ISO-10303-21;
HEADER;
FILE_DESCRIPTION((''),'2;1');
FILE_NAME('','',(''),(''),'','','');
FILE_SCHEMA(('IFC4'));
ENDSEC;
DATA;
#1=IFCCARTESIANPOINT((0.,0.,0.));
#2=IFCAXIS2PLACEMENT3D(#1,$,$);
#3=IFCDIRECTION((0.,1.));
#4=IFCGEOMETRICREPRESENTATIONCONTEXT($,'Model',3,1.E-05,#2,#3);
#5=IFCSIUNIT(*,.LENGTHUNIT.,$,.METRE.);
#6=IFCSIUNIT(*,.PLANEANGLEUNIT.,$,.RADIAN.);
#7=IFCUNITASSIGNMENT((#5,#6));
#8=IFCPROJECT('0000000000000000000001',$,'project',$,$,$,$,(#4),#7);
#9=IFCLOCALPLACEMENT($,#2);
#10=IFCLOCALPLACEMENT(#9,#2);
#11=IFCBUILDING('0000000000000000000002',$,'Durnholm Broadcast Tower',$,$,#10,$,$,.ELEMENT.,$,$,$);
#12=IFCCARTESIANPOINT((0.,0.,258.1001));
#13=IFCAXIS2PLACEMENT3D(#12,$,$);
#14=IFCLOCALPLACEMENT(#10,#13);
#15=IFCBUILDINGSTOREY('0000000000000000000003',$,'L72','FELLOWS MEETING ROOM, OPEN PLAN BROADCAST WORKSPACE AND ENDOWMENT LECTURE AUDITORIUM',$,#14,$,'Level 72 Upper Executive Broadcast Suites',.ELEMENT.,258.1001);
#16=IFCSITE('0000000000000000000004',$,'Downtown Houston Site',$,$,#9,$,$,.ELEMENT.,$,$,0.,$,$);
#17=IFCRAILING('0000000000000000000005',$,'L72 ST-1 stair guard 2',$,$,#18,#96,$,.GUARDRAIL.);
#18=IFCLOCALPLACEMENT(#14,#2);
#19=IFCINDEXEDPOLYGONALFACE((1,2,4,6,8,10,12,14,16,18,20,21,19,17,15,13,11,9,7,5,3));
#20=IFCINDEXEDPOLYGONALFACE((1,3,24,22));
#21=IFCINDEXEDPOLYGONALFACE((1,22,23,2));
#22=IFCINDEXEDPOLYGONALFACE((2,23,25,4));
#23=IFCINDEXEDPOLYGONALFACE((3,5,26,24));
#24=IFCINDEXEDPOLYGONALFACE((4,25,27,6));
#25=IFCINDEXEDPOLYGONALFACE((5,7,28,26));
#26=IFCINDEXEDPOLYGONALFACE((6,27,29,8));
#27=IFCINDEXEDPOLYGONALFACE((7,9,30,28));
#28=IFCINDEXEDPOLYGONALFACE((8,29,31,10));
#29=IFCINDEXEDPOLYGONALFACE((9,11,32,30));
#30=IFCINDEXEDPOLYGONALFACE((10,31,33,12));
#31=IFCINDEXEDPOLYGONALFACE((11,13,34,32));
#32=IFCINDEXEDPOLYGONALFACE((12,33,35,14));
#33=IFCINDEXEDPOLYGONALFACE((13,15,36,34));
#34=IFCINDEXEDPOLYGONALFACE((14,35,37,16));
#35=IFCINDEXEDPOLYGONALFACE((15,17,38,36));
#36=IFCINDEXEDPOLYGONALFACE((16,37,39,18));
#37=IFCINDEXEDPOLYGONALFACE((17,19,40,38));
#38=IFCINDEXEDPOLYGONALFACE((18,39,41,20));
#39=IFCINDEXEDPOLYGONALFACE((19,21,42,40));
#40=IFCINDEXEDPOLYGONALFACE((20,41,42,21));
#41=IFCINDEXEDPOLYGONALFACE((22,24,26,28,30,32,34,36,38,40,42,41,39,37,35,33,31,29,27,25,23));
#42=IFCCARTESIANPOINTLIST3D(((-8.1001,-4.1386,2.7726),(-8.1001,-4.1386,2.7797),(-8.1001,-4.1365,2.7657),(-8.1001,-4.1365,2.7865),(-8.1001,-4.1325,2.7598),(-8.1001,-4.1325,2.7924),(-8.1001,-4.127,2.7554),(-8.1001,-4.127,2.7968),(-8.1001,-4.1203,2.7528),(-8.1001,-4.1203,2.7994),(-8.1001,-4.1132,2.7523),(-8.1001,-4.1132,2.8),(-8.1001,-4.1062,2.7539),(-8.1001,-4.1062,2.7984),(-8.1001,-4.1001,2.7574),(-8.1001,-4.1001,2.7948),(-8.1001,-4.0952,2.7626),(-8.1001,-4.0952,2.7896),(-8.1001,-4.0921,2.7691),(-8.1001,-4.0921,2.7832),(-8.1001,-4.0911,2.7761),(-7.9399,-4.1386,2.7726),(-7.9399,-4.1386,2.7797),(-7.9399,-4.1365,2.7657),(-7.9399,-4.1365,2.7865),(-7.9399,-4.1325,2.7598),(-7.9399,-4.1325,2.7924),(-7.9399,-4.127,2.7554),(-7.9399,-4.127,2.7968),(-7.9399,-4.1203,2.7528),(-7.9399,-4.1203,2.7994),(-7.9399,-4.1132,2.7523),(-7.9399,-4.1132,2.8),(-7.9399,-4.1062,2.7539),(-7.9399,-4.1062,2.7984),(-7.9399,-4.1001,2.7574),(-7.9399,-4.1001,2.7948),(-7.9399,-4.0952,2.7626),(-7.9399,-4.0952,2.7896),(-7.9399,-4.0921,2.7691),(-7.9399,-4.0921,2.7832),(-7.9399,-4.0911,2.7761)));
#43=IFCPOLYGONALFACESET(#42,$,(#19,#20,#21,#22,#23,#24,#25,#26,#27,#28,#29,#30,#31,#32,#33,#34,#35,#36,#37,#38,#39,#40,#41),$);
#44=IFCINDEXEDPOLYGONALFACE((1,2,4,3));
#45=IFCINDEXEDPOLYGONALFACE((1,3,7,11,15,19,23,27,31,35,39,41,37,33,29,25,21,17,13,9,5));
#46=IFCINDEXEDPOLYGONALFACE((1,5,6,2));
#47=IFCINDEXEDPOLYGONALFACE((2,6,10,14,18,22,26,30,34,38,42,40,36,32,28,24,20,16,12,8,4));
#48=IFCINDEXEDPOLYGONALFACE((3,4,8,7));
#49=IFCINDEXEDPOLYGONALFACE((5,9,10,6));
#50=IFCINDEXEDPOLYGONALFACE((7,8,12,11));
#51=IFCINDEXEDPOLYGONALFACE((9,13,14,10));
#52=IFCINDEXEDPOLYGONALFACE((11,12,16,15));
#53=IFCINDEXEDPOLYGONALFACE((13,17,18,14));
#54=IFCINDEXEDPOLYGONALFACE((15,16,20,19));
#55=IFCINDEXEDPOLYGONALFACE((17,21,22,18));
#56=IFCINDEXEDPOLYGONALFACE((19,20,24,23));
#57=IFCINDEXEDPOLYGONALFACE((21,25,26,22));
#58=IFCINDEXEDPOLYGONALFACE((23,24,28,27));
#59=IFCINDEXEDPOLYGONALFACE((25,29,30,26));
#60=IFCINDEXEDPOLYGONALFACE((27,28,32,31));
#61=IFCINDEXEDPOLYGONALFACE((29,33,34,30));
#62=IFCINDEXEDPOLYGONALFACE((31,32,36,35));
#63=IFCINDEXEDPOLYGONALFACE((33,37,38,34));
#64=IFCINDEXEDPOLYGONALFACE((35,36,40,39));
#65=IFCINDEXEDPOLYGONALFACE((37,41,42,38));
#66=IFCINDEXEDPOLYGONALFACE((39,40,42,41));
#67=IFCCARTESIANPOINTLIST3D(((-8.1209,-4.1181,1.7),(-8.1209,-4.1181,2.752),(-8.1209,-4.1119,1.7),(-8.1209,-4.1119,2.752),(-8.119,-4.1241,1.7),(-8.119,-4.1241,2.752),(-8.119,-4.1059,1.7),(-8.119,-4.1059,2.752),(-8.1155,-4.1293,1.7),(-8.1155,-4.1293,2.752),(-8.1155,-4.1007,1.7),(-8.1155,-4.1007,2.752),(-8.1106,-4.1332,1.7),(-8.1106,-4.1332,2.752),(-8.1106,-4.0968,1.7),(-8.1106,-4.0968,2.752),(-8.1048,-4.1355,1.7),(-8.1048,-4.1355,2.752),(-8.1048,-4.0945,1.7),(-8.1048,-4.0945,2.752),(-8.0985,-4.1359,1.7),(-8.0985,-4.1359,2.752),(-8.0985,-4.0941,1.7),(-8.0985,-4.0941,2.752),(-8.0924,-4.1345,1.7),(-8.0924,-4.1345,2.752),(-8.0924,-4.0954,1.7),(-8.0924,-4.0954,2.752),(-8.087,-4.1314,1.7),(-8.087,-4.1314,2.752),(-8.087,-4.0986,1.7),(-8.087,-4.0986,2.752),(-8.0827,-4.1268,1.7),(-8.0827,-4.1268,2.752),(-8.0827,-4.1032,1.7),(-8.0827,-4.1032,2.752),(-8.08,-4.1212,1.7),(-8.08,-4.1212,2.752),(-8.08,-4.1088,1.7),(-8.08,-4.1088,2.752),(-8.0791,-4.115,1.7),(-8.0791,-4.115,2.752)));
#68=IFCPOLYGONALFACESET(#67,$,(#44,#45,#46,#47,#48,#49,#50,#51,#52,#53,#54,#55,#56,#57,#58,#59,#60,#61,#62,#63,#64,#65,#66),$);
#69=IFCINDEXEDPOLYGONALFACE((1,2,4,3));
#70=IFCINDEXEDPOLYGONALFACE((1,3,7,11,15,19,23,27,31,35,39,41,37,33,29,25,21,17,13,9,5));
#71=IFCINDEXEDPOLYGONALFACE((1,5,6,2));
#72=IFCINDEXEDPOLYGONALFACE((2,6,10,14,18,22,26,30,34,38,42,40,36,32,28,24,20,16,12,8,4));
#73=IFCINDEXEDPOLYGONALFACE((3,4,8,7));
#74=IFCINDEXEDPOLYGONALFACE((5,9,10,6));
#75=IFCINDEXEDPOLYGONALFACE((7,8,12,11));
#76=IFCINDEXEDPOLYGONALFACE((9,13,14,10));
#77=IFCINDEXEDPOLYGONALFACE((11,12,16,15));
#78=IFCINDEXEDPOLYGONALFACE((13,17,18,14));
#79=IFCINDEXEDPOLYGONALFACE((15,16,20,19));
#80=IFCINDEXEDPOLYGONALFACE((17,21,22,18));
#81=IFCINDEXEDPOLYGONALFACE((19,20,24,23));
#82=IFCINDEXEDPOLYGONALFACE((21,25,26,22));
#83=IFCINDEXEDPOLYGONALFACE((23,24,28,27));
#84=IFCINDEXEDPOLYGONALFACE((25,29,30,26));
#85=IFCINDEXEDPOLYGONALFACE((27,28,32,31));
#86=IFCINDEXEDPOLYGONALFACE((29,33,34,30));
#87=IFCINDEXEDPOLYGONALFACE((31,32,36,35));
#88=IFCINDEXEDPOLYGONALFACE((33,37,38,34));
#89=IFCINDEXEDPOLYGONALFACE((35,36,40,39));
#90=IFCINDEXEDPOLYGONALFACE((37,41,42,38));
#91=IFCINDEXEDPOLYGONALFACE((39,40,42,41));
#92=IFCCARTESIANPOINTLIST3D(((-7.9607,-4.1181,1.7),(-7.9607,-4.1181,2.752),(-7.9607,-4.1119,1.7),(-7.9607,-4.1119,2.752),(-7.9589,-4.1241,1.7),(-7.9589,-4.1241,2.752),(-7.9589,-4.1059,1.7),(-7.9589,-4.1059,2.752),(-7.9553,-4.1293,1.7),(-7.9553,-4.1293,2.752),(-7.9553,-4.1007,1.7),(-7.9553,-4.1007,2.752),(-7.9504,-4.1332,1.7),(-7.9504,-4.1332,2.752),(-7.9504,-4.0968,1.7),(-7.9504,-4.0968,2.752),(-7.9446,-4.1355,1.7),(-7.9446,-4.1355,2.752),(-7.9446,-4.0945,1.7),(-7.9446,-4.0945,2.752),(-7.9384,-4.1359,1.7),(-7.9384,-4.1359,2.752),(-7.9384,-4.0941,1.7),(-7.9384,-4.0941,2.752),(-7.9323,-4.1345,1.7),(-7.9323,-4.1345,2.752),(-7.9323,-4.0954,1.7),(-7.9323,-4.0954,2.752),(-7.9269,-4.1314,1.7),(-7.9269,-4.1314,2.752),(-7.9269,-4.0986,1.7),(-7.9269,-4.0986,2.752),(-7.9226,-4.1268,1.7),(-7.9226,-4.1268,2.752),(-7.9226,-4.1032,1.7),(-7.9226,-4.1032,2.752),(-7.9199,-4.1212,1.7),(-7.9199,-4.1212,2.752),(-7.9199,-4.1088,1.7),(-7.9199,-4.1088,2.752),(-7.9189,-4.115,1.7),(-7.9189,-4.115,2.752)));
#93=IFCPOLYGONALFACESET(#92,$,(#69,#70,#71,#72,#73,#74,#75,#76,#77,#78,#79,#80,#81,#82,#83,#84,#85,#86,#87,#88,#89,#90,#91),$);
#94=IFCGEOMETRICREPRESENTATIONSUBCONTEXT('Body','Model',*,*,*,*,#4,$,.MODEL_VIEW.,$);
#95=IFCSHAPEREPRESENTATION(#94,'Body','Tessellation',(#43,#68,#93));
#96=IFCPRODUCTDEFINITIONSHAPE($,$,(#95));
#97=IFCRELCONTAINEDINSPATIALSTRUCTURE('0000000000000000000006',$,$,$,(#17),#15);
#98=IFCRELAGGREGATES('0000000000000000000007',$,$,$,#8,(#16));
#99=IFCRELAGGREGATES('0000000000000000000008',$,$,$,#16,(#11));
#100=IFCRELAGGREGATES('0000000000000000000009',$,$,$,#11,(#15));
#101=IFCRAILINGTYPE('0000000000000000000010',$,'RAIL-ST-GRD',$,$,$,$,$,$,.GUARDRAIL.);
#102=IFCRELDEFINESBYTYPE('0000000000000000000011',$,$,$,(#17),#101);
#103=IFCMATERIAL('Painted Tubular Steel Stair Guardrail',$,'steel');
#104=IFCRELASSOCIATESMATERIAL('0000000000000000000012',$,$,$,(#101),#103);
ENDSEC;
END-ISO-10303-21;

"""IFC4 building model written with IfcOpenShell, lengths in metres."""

from ifc_helpers import new_model, si_unit, direction, frame, origin, origin_2d, place, context, subcontext, project, spatial, circle, extrude, material, type_object, element, save


model = new_model("IFC4")

# Units and contexts
model_context = context("Model", 3, precision=1e-05, world=origin(), true_north=direction((0.0, 1.0)))
body_context = subcontext(model_context, "Body", "Model", "MODEL_VIEW")
ifc_project = project(units=[si_unit("LENGTHUNIT", "METRE"), si_unit("PLANEANGLEUNIT", "RADIAN")], contexts=[model_context])

# Site, building, storey
site_placement = place(None, origin())
site = spatial("IfcSite", under=ifc_project, at=site_placement, Name="Downtown Houston Site", CompositionType="ELEMENT", RefElevation=0.0)
building_placement = place(site_placement, origin())
building = spatial("IfcBuilding", under=site, at=building_placement, Name="Durnholm Broadcast Tower", CompositionType="ELEMENT")
storey_placement = place(building_placement, frame((0.0, 0.0, 258.1001)))
storey = spatial("IfcBuildingStorey", under=building, at=storey_placement, Name="L72", Description="FELLOWS MEETING ROOM, OPEN PLAN BROADCAST WORKSPACE AND ENDOWMENT LECTURE AUDITORIUM", LongName="Level 72 Upper Executive Broadcast Suites", CompositionType="ELEMENT", Elevation=258.1001)

# Railing
ifc_material_1 = material(Name="Painted Tubular Steel Stair Guardrail", Category="steel")
railing_type_1 = type_object("IfcRailingType", Name="RAIL-ST-GRD", PredefinedType="GUARDRAIL", material=ifc_material_1)
railing_1_placement = place(storey_placement, frame((-8.1001, -4.115, 1.7)))
element("IfcRailing", 1, at=railing_1_placement, inside=storey, type_object=railing_type_1, Name="L72 ST-1 stair guard 2", PredefinedType="GUARDRAIL", context=body_context, shape_type="SweptSolid", body=[
    extrude(circle(Radius=0.0239, at=origin_2d()), frame((0.0, 0.0, 1.0762), z_axis=(1.0, 0.0, 0.0), x_axis=(0.0, 1.0, 0.0)), (0.0, 0.0, 1.0), 0.1602),
    extrude(circle(Radius=0.021, at=origin_2d()), origin(), (0.0, 0.0, 1.0), 1.052),
    extrude(circle(Radius=0.021, at=origin_2d()), frame((0.1602, 0.0, 0.0)), (0.0, 0.0, 1.0), 1.052),
])

save(model, "model.ifc")
